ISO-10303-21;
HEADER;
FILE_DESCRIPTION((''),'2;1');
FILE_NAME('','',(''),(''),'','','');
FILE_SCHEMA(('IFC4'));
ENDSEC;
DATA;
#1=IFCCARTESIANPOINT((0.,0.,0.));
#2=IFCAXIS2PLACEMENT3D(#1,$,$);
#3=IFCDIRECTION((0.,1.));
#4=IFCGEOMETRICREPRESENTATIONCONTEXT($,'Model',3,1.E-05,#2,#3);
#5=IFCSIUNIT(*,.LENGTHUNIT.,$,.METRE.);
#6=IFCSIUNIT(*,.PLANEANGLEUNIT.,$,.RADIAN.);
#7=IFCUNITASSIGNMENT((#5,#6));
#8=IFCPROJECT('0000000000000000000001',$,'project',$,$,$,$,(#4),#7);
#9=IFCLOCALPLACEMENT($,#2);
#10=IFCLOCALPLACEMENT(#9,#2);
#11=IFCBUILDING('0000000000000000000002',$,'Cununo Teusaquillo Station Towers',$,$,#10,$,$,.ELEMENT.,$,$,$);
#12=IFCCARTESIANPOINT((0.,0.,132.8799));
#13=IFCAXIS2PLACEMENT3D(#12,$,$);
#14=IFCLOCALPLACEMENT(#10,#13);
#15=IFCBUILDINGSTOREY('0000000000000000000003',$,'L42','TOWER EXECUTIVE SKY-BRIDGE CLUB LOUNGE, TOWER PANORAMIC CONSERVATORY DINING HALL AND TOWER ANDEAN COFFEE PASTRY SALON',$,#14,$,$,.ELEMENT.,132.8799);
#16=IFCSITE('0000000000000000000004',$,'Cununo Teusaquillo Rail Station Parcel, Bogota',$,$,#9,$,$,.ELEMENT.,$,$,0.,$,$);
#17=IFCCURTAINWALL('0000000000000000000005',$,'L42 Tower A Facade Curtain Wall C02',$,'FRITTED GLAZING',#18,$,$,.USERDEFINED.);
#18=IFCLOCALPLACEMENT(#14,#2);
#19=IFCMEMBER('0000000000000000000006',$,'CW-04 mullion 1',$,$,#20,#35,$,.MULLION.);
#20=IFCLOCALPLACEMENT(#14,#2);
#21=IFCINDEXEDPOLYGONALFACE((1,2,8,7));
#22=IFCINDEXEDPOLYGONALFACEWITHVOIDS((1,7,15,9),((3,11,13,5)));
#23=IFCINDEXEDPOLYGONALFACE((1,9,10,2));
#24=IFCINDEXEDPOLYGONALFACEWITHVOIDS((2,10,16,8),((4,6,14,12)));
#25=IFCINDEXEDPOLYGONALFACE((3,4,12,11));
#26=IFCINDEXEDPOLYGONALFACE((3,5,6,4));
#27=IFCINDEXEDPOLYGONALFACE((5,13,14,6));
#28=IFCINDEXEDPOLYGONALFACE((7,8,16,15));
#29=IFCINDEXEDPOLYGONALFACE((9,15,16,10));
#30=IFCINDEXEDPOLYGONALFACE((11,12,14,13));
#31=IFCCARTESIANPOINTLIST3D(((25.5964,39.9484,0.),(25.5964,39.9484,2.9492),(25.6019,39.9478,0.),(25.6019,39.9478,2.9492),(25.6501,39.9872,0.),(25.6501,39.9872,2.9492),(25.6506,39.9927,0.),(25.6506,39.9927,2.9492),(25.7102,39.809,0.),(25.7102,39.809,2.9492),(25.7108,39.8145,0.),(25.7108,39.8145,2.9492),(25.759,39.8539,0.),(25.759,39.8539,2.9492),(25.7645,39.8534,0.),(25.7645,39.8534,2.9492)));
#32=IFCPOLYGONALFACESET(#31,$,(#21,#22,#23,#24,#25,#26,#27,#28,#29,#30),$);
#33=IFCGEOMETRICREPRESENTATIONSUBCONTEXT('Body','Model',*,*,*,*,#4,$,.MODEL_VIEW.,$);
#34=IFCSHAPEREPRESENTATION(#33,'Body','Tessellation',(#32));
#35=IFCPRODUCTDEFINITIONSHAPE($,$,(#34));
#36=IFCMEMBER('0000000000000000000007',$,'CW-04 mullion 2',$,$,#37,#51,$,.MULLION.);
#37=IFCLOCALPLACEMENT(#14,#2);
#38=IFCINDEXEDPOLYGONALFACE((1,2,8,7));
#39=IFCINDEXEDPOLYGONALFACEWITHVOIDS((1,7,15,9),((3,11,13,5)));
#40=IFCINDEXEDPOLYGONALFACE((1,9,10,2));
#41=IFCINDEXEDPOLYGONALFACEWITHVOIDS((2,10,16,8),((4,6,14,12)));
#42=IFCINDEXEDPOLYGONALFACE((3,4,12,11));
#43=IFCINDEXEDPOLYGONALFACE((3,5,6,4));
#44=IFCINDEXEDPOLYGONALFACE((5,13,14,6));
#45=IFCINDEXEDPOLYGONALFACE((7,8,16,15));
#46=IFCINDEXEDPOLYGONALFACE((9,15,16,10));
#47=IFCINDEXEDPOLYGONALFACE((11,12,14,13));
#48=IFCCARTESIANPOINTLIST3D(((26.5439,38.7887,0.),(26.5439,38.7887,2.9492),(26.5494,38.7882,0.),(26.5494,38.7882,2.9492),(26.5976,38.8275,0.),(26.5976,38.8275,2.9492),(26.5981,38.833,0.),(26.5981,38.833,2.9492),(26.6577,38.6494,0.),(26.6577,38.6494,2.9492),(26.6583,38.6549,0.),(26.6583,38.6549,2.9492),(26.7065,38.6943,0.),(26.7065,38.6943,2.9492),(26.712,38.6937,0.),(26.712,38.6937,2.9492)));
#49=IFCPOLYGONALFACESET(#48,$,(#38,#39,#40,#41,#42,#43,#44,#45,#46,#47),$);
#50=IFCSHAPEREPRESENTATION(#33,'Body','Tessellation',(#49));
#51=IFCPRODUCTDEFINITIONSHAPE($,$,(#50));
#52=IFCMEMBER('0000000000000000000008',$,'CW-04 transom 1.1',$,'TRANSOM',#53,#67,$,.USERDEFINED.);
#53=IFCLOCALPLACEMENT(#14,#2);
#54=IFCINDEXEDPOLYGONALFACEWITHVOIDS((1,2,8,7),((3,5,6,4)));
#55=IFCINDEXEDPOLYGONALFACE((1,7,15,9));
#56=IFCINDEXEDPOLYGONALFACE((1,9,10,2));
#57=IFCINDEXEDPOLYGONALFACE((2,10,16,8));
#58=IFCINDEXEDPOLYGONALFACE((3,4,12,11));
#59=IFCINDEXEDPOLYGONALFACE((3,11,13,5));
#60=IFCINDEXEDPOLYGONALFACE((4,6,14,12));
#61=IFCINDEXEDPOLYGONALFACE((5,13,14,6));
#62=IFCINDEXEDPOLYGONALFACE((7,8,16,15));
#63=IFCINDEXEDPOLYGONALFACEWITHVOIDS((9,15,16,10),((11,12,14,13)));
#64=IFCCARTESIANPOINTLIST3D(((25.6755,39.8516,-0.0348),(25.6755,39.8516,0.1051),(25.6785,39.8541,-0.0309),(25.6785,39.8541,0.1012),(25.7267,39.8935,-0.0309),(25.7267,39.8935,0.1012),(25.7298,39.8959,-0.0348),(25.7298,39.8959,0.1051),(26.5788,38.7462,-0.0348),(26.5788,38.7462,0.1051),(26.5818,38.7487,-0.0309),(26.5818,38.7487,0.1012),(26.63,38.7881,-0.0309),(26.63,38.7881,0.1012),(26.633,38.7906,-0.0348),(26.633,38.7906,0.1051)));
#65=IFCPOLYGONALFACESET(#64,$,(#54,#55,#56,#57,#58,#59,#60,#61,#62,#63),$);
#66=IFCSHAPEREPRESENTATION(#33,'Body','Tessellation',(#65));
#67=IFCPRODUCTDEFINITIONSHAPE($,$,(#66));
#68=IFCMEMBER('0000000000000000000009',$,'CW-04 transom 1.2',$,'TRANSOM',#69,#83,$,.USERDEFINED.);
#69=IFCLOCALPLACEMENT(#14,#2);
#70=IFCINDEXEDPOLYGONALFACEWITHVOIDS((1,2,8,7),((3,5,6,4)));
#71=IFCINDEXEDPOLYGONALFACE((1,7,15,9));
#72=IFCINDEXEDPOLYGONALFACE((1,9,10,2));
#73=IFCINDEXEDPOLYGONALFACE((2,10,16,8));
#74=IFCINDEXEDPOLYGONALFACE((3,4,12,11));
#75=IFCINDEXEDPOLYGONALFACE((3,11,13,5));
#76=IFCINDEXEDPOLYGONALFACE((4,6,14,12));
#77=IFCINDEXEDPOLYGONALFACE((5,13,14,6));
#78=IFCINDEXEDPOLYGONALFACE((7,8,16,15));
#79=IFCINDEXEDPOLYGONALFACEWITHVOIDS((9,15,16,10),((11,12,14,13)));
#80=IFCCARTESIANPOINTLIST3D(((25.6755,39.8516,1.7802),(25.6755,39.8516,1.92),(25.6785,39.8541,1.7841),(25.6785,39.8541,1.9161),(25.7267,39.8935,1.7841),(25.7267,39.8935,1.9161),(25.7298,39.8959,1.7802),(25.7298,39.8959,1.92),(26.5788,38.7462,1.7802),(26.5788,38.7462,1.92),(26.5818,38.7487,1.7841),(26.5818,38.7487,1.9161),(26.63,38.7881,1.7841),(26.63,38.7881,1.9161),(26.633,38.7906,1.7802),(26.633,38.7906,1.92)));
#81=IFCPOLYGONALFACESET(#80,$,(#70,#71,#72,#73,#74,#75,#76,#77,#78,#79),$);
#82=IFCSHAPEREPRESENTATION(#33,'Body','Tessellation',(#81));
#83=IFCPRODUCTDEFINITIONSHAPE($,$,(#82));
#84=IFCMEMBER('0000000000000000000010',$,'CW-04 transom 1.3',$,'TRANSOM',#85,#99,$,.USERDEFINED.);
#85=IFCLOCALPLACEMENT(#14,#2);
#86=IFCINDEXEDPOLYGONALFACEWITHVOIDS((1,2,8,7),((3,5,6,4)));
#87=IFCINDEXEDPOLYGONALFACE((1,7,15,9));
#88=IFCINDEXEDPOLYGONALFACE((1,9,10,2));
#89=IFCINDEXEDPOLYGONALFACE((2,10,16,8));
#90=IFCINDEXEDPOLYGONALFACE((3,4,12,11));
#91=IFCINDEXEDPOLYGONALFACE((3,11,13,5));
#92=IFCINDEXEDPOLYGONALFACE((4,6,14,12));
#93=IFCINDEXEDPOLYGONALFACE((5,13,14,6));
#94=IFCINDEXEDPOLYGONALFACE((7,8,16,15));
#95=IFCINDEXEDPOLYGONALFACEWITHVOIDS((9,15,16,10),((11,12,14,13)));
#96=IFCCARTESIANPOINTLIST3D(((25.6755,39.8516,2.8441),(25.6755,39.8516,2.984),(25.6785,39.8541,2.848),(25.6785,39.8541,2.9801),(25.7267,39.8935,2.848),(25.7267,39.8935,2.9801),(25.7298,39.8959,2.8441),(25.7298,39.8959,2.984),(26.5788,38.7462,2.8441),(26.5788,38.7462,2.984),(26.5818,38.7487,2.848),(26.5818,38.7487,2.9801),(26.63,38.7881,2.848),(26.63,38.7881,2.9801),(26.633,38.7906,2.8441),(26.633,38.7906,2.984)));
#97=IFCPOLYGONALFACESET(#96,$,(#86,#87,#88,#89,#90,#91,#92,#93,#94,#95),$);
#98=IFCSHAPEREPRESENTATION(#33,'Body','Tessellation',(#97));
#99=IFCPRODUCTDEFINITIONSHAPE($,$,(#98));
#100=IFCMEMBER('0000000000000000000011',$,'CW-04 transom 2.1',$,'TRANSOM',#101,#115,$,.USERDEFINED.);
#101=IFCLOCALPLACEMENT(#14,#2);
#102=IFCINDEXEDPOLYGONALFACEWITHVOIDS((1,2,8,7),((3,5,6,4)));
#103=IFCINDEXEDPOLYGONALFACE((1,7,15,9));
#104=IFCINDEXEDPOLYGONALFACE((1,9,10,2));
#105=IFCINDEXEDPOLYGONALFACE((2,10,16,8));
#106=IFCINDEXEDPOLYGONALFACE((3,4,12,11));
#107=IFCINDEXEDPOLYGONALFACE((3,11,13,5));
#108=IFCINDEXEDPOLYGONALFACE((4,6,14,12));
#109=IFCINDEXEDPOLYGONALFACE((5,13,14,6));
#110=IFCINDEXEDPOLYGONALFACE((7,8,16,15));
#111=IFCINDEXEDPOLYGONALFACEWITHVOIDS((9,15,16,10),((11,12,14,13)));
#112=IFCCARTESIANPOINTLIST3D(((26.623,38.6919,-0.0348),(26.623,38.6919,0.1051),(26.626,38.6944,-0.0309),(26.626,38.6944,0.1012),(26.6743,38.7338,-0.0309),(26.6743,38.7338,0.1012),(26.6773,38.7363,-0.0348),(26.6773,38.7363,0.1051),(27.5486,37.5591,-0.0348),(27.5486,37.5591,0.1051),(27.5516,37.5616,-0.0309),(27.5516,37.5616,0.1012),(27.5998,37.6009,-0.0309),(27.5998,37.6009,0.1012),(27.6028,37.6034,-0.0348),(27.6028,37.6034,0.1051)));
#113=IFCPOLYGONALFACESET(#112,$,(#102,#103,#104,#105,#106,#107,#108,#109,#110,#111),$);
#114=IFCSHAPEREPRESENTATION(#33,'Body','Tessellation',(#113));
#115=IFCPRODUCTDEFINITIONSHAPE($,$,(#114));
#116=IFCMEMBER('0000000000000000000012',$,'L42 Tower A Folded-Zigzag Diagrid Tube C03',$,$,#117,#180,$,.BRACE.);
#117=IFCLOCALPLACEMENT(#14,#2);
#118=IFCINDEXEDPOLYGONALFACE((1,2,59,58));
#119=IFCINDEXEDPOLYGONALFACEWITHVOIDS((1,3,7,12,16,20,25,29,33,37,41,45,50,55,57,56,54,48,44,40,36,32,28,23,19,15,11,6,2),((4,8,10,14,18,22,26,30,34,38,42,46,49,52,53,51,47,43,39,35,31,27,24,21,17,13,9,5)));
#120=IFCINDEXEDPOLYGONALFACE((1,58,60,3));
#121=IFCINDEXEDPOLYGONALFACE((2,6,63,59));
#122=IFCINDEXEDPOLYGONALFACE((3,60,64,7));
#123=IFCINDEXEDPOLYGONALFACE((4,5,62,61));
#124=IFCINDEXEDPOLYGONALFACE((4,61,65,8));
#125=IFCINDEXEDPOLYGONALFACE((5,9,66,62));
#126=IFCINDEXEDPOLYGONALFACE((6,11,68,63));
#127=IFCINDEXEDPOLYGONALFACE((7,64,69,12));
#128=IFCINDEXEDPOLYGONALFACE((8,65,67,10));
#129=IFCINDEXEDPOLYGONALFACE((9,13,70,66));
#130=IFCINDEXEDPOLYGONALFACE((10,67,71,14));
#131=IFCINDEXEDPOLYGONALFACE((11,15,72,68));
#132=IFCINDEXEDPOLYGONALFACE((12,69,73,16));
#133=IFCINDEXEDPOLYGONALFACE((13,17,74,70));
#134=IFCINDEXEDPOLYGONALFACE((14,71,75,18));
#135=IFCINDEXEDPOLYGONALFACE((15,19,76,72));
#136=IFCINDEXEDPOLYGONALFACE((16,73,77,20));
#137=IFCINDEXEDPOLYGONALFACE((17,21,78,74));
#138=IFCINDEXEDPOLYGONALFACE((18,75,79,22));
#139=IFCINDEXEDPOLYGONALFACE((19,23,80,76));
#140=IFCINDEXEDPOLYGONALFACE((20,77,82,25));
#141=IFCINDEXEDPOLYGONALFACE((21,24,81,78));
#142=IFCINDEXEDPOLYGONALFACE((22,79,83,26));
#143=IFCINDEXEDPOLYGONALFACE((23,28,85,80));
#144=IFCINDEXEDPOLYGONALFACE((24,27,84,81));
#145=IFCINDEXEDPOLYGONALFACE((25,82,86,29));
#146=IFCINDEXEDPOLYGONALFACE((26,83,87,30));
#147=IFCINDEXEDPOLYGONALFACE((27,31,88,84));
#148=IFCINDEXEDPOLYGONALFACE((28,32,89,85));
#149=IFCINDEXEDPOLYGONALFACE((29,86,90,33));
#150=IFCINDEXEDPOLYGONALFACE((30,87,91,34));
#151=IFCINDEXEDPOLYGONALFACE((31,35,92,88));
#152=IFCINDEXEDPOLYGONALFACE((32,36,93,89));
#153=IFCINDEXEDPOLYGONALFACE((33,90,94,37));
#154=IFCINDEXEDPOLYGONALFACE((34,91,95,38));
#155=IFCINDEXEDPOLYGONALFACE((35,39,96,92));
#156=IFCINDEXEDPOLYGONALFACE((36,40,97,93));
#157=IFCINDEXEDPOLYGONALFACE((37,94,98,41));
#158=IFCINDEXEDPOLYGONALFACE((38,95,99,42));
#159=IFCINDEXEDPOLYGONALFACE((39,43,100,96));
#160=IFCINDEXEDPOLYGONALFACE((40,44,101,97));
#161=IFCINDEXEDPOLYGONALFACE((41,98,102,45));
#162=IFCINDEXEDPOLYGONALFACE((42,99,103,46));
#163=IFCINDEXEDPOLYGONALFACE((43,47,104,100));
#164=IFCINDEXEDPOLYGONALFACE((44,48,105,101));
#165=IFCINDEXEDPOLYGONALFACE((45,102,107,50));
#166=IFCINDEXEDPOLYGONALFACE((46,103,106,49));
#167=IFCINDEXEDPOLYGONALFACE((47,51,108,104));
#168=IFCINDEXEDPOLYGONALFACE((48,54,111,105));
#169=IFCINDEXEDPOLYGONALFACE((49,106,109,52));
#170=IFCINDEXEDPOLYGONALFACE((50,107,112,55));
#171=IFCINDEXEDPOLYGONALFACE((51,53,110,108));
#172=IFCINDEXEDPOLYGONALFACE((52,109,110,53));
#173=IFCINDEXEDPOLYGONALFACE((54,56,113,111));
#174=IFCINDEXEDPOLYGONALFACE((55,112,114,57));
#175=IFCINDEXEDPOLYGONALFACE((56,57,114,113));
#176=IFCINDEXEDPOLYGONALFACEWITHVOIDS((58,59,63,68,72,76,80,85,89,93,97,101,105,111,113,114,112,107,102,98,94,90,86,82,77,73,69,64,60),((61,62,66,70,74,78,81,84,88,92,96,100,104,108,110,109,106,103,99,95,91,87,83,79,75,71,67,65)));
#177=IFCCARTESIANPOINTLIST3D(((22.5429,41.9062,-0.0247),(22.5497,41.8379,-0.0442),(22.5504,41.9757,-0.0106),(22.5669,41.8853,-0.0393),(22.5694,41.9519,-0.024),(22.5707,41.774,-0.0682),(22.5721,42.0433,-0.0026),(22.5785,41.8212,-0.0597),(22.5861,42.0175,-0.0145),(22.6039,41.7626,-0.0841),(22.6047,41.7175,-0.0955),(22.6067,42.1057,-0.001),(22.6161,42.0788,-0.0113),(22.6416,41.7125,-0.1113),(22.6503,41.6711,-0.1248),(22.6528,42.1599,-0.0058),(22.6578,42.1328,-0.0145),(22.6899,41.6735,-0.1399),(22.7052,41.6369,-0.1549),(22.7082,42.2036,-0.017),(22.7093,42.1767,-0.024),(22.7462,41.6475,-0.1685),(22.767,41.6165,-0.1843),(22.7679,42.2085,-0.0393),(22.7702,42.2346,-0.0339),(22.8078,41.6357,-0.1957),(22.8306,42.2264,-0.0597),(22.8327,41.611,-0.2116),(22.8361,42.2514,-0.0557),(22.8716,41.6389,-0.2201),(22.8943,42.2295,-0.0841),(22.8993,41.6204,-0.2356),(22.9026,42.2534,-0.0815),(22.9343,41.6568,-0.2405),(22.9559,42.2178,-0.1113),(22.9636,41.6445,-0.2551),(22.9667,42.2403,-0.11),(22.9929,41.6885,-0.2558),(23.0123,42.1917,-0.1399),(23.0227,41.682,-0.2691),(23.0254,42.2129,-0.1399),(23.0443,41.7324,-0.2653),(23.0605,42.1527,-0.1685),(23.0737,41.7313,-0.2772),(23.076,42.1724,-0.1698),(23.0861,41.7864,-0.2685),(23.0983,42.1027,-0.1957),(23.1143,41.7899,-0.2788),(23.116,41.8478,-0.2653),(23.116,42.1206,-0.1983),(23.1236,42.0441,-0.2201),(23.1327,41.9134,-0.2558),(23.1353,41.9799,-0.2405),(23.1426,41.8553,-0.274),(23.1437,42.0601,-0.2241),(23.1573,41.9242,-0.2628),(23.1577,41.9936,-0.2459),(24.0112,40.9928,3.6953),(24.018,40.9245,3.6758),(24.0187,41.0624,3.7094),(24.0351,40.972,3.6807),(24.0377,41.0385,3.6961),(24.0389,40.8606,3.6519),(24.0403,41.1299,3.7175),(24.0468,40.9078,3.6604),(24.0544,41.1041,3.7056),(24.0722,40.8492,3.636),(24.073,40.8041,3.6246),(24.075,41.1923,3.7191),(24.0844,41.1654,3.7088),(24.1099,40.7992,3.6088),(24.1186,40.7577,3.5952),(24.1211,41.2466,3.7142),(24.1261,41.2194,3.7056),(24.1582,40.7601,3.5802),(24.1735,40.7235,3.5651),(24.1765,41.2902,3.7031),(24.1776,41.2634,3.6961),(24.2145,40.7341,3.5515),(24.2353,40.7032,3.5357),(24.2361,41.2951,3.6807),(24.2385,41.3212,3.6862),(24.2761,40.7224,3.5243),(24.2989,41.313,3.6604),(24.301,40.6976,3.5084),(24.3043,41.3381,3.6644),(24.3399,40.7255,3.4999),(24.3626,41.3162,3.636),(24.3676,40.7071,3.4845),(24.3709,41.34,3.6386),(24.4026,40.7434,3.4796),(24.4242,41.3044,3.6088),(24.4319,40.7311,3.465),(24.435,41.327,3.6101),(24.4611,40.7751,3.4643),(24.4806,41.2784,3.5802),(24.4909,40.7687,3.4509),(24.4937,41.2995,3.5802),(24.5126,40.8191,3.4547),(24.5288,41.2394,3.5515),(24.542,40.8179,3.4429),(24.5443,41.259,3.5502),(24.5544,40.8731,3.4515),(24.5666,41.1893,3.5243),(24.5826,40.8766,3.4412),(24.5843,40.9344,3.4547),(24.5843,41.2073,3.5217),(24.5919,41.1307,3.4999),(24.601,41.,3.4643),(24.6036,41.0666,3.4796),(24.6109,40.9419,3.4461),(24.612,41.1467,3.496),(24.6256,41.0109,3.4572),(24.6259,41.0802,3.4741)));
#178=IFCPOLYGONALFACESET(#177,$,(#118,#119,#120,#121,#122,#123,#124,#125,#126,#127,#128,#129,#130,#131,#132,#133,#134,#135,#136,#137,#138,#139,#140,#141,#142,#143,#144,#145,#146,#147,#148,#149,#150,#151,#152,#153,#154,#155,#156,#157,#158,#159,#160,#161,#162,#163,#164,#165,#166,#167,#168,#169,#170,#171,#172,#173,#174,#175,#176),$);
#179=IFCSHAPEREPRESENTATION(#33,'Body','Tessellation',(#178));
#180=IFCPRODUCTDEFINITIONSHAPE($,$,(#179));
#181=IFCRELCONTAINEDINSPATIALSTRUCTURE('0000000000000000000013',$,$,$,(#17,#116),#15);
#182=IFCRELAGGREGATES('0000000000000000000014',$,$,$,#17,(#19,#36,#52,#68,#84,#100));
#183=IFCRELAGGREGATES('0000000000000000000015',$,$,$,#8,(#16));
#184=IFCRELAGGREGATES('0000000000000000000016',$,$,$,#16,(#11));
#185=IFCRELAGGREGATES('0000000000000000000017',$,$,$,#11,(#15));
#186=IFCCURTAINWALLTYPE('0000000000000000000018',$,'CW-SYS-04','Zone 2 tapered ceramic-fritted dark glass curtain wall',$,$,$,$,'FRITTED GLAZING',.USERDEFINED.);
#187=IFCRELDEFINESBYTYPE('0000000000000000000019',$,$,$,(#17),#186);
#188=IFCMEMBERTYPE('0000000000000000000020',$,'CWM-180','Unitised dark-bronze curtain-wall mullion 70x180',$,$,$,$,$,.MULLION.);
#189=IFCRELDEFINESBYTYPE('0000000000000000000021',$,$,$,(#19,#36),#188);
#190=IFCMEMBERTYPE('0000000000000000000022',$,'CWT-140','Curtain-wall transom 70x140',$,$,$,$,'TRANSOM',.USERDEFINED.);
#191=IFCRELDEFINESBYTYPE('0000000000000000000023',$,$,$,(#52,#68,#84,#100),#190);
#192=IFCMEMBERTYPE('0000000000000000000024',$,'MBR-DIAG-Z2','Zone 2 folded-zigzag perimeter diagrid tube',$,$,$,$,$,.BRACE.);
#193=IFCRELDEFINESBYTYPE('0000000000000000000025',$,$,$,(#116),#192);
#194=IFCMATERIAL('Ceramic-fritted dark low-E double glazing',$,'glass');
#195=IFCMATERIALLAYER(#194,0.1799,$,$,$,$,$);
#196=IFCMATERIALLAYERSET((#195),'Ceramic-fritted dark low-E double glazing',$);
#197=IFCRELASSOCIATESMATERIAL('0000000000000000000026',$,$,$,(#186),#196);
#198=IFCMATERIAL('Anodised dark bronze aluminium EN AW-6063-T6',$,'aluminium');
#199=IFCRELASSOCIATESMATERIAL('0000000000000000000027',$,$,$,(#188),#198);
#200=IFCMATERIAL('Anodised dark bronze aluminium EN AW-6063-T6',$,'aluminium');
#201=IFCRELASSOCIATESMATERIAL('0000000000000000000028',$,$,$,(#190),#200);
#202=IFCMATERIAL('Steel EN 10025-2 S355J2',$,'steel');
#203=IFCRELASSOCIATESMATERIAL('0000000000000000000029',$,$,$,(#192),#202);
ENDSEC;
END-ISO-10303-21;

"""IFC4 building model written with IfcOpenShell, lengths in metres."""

from ifc_helpers import new_model, si_unit, direction, frame, origin, origin_2d, place, context, subcontext, project, spatial, hollow_rectangle, hollow_circle, extrude, material, layer, layer_set, material_profile, profile_set, type_object, element, aggregate, save


model = new_model("IFC4")

# Units and contexts
model_context = context("Model", 3, precision=1e-05, world=origin(), true_north=direction((0.0, 1.0)))
body_context = subcontext(model_context, "Body", "Model", "MODEL_VIEW")
ifc_project = project(units=[si_unit("LENGTHUNIT", "METRE"), si_unit("PLANEANGLEUNIT", "RADIAN")], contexts=[model_context])

# Site, building, storey
site_placement = place(None, origin())
site = spatial("IfcSite", under=ifc_project, at=site_placement, Name="Cununo Teusaquillo Rail Station Parcel, Bogota", CompositionType="ELEMENT", RefElevation=0.0)
building_placement = place(site_placement, origin())
building = spatial("IfcBuilding", under=site, at=building_placement, Name="Cununo Teusaquillo Station Towers", CompositionType="ELEMENT")
storey_placement = place(building_placement, frame((0.0, 0.0, 132.8799)))
storey = spatial("IfcBuildingStorey", under=building, at=storey_placement, Name="L42", Description="TOWER EXECUTIVE SKY-BRIDGE CLUB LOUNGE, TOWER PANORAMIC CONSERVATORY DINING HALL AND TOWER ANDEAN COFFEE PASTRY SALON", CompositionType="ELEMENT", Elevation=132.8799)

# Curtain wall, members
ifc_material_1 = material(Name="Ceramic-fritted dark low-E double glazing", Category="glass")
ifc_layer_1 = layer(ifc_material_1, 0.1799)
ifc_layer_set_1 = layer_set([ifc_layer_1], Name="Ceramic-fritted dark low-E double glazing")
curtain_wall_type = type_object("IfcCurtainWallType", Name="CW-SYS-04", Description="Zone 2 tapered ceramic-fritted dark glass curtain wall", ElementType="FRITTED GLAZING", PredefinedType="USERDEFINED", material=ifc_layer_set_1)
curtain_wall_placement = place(storey_placement, origin())
curtain_wall = element("IfcCurtainWall", 1, at=curtain_wall_placement, inside=storey, type_object=curtain_wall_type, Name="L42 Tower A Facade Curtain Wall C02", ObjectType="FRITTED GLAZING", PredefinedType="USERDEFINED")
ifc_material_2 = material(Name="Anodised dark bronze aluminium EN AW-6063-T6", Category="aluminium")
ifc_material_profile_1 = material_profile(ifc_material_2, hollow_rectangle(XDim=0.0701, YDim=0.1799, WallThickness=0.0039, at=origin_2d()), Name="CW-MULL-70x180")
ifc_profile_set_1 = profile_set([ifc_material_profile_1], Name="Anodised dark bronze aluminium EN AW-6063-T6")
member_type_1 = type_object("IfcMemberType", Name="CWM-180", Description="Unitised dark-bronze curtain-wall mullion 70x180", PredefinedType="MULLION", material=ifc_profile_set_1)
member_1_placement = place(storey_placement, frame((25.6804, 39.9009, 0.0), z_axis=(0.0, 0.0, 1.0), x_axis=(0.774394, 0.632704, 0.0)))
member_1 = element("IfcMember", 2, at=member_1_placement, type_object=member_type_1, Name="CW-04 mullion 1", PredefinedType="MULLION", context=body_context, shape_type="SweptSolid", body=[
    extrude(hollow_rectangle(XDim=0.0701, YDim=0.1799, WallThickness=0.0039, at=origin_2d()), origin(), (0.0, 0.0, 1.0), 2.9492),
])
member_2_placement = place(storey_placement, frame((26.6279, 38.7412, 0.0), z_axis=(0.0, 0.0, 1.0), x_axis=(0.774394, 0.632704, 0.0)))
member_2 = element("IfcMember", 3, at=member_2_placement, type_object=member_type_1, Name="CW-04 mullion 2", PredefinedType="MULLION", context=body_context, shape_type="SweptSolid", body=[
    extrude(hollow_rectangle(XDim=0.0701, YDim=0.1799, WallThickness=0.0039, at=origin_2d()), origin(), (0.0, 0.0, 1.0), 2.9492),
])
ifc_material_3 = material(Name="Anodised dark bronze aluminium EN AW-6063-T6", Category="aluminium")
ifc_material_profile_2 = material_profile(ifc_material_3, hollow_rectangle(XDim=0.0701, YDim=0.1399, WallThickness=0.0039, at=origin_2d()), Name="CW-TRAN-70x140")
ifc_profile_set_2 = profile_set([ifc_material_profile_2], Name="Anodised dark bronze aluminium EN AW-6063-T6")
member_type_2 = type_object("IfcMemberType", Name="CWT-140", Description="Curtain-wall transom 70x140", ElementType="TRANSOM", PredefinedType="USERDEFINED", material=ifc_profile_set_2)
member_3_placement = place(storey_placement, frame((25.7026, 39.8738, 0.0352), z_axis=(0.632753, -0.774353, 0.0), x_axis=(0.774353, 0.632753, 0.0)))
member_3 = element("IfcMember", 4, at=member_3_placement, type_object=member_type_2, Name="CW-04 transom 1.1", ObjectType="TRANSOM", PredefinedType="USERDEFINED", context=body_context, shape_type="SweptSolid", body=[
    extrude(hollow_rectangle(XDim=0.0701, YDim=0.1399, WallThickness=0.0039, at=origin_2d()), origin(), (0.0, 0.0, 1.0), 1.4275),
])
member_4_placement = place(storey_placement, frame((25.7026, 39.8738, 1.8501), z_axis=(0.632753, -0.774353, 0.0), x_axis=(0.774353, 0.632753, 0.0)))
member_4 = element("IfcMember", 5, at=member_4_placement, type_object=member_type_2, Name="CW-04 transom 1.2", ObjectType="TRANSOM", PredefinedType="USERDEFINED", context=body_context, shape_type="SweptSolid", body=[
    extrude(hollow_rectangle(XDim=0.0701, YDim=0.1399, WallThickness=0.0039, at=origin_2d()), origin(), (0.0, 0.0, 1.0), 1.4275),
])
member_5_placement = place(storey_placement, frame((25.7026, 39.8738, 2.9141), z_axis=(0.632753, -0.774353, 0.0), x_axis=(0.774353, 0.632753, 0.0)))
member_5 = element("IfcMember", 6, at=member_5_placement, type_object=member_type_2, Name="CW-04 transom 1.3", ObjectType="TRANSOM", PredefinedType="USERDEFINED", context=body_context, shape_type="SweptSolid", body=[
    extrude(hollow_rectangle(XDim=0.0701, YDim=0.1399, WallThickness=0.0039, at=origin_2d()), origin(), (0.0, 0.0, 1.0), 1.4275),
])
member_6_placement = place(storey_placement, frame((26.6501, 38.7141, 0.0352), z_axis=(0.632701, -0.774396, 0.0), x_axis=(0.774396, 0.632701, 0.0)))
member_6 = element("IfcMember", 7, at=member_6_placement, type_object=member_type_2, Name="CW-04 transom 2.1", ObjectType="TRANSOM", PredefinedType="USERDEFINED", context=body_context, shape_type="SweptSolid", body=[
    extrude(hollow_rectangle(XDim=0.0701, YDim=0.1399, WallThickness=0.0039, at=origin_2d()), origin(), (0.0, 0.0, 1.0), 1.4629),
])

# Member
ifc_material_4 = material(Name="Steel EN 10025-2 S355J2", Category="steel")
ifc_material_profile_3 = material_profile(ifc_material_4, hollow_circle(Radius=0.3301, WallThickness=0.0249, at=origin_2d()), Name="CHS 660x25")
ifc_profile_set_3 = profile_set([ifc_material_profile_3], Name="Steel EN 10025-2 S355J2")
member_type_3 = type_object("IfcMemberType", Name="MBR-DIAG-Z2", Description="Zone 2 folded-zigzag perimeter diagrid tube", PredefinedType="BRACE", material=ifc_profile_set_3)
member_7_placement = place(storey_placement, frame((22.8511, 41.9326, -0.1399), z_axis=(0.357919, -0.222643, 0.906821), x_axis=(0.528196, 0.849123, 0.0)))
element("IfcMember", 8, at=member_7_placement, inside=storey, type_object=member_type_3, Name="L42 Tower A Folded-Zigzag Diagrid Tube C03", PredefinedType="BRACE", context=body_context, shape_type="SweptSolid", body=[
    extrude(hollow_circle(Radius=0.3301, WallThickness=0.0249, at=origin_2d()), origin(), (0.0, 0.0, 1.0), 4.1023),
])

aggregate(curtain_wall, [member_1, member_2, member_3, member_4, member_5, member_6])

save(model, "model.ifc")
